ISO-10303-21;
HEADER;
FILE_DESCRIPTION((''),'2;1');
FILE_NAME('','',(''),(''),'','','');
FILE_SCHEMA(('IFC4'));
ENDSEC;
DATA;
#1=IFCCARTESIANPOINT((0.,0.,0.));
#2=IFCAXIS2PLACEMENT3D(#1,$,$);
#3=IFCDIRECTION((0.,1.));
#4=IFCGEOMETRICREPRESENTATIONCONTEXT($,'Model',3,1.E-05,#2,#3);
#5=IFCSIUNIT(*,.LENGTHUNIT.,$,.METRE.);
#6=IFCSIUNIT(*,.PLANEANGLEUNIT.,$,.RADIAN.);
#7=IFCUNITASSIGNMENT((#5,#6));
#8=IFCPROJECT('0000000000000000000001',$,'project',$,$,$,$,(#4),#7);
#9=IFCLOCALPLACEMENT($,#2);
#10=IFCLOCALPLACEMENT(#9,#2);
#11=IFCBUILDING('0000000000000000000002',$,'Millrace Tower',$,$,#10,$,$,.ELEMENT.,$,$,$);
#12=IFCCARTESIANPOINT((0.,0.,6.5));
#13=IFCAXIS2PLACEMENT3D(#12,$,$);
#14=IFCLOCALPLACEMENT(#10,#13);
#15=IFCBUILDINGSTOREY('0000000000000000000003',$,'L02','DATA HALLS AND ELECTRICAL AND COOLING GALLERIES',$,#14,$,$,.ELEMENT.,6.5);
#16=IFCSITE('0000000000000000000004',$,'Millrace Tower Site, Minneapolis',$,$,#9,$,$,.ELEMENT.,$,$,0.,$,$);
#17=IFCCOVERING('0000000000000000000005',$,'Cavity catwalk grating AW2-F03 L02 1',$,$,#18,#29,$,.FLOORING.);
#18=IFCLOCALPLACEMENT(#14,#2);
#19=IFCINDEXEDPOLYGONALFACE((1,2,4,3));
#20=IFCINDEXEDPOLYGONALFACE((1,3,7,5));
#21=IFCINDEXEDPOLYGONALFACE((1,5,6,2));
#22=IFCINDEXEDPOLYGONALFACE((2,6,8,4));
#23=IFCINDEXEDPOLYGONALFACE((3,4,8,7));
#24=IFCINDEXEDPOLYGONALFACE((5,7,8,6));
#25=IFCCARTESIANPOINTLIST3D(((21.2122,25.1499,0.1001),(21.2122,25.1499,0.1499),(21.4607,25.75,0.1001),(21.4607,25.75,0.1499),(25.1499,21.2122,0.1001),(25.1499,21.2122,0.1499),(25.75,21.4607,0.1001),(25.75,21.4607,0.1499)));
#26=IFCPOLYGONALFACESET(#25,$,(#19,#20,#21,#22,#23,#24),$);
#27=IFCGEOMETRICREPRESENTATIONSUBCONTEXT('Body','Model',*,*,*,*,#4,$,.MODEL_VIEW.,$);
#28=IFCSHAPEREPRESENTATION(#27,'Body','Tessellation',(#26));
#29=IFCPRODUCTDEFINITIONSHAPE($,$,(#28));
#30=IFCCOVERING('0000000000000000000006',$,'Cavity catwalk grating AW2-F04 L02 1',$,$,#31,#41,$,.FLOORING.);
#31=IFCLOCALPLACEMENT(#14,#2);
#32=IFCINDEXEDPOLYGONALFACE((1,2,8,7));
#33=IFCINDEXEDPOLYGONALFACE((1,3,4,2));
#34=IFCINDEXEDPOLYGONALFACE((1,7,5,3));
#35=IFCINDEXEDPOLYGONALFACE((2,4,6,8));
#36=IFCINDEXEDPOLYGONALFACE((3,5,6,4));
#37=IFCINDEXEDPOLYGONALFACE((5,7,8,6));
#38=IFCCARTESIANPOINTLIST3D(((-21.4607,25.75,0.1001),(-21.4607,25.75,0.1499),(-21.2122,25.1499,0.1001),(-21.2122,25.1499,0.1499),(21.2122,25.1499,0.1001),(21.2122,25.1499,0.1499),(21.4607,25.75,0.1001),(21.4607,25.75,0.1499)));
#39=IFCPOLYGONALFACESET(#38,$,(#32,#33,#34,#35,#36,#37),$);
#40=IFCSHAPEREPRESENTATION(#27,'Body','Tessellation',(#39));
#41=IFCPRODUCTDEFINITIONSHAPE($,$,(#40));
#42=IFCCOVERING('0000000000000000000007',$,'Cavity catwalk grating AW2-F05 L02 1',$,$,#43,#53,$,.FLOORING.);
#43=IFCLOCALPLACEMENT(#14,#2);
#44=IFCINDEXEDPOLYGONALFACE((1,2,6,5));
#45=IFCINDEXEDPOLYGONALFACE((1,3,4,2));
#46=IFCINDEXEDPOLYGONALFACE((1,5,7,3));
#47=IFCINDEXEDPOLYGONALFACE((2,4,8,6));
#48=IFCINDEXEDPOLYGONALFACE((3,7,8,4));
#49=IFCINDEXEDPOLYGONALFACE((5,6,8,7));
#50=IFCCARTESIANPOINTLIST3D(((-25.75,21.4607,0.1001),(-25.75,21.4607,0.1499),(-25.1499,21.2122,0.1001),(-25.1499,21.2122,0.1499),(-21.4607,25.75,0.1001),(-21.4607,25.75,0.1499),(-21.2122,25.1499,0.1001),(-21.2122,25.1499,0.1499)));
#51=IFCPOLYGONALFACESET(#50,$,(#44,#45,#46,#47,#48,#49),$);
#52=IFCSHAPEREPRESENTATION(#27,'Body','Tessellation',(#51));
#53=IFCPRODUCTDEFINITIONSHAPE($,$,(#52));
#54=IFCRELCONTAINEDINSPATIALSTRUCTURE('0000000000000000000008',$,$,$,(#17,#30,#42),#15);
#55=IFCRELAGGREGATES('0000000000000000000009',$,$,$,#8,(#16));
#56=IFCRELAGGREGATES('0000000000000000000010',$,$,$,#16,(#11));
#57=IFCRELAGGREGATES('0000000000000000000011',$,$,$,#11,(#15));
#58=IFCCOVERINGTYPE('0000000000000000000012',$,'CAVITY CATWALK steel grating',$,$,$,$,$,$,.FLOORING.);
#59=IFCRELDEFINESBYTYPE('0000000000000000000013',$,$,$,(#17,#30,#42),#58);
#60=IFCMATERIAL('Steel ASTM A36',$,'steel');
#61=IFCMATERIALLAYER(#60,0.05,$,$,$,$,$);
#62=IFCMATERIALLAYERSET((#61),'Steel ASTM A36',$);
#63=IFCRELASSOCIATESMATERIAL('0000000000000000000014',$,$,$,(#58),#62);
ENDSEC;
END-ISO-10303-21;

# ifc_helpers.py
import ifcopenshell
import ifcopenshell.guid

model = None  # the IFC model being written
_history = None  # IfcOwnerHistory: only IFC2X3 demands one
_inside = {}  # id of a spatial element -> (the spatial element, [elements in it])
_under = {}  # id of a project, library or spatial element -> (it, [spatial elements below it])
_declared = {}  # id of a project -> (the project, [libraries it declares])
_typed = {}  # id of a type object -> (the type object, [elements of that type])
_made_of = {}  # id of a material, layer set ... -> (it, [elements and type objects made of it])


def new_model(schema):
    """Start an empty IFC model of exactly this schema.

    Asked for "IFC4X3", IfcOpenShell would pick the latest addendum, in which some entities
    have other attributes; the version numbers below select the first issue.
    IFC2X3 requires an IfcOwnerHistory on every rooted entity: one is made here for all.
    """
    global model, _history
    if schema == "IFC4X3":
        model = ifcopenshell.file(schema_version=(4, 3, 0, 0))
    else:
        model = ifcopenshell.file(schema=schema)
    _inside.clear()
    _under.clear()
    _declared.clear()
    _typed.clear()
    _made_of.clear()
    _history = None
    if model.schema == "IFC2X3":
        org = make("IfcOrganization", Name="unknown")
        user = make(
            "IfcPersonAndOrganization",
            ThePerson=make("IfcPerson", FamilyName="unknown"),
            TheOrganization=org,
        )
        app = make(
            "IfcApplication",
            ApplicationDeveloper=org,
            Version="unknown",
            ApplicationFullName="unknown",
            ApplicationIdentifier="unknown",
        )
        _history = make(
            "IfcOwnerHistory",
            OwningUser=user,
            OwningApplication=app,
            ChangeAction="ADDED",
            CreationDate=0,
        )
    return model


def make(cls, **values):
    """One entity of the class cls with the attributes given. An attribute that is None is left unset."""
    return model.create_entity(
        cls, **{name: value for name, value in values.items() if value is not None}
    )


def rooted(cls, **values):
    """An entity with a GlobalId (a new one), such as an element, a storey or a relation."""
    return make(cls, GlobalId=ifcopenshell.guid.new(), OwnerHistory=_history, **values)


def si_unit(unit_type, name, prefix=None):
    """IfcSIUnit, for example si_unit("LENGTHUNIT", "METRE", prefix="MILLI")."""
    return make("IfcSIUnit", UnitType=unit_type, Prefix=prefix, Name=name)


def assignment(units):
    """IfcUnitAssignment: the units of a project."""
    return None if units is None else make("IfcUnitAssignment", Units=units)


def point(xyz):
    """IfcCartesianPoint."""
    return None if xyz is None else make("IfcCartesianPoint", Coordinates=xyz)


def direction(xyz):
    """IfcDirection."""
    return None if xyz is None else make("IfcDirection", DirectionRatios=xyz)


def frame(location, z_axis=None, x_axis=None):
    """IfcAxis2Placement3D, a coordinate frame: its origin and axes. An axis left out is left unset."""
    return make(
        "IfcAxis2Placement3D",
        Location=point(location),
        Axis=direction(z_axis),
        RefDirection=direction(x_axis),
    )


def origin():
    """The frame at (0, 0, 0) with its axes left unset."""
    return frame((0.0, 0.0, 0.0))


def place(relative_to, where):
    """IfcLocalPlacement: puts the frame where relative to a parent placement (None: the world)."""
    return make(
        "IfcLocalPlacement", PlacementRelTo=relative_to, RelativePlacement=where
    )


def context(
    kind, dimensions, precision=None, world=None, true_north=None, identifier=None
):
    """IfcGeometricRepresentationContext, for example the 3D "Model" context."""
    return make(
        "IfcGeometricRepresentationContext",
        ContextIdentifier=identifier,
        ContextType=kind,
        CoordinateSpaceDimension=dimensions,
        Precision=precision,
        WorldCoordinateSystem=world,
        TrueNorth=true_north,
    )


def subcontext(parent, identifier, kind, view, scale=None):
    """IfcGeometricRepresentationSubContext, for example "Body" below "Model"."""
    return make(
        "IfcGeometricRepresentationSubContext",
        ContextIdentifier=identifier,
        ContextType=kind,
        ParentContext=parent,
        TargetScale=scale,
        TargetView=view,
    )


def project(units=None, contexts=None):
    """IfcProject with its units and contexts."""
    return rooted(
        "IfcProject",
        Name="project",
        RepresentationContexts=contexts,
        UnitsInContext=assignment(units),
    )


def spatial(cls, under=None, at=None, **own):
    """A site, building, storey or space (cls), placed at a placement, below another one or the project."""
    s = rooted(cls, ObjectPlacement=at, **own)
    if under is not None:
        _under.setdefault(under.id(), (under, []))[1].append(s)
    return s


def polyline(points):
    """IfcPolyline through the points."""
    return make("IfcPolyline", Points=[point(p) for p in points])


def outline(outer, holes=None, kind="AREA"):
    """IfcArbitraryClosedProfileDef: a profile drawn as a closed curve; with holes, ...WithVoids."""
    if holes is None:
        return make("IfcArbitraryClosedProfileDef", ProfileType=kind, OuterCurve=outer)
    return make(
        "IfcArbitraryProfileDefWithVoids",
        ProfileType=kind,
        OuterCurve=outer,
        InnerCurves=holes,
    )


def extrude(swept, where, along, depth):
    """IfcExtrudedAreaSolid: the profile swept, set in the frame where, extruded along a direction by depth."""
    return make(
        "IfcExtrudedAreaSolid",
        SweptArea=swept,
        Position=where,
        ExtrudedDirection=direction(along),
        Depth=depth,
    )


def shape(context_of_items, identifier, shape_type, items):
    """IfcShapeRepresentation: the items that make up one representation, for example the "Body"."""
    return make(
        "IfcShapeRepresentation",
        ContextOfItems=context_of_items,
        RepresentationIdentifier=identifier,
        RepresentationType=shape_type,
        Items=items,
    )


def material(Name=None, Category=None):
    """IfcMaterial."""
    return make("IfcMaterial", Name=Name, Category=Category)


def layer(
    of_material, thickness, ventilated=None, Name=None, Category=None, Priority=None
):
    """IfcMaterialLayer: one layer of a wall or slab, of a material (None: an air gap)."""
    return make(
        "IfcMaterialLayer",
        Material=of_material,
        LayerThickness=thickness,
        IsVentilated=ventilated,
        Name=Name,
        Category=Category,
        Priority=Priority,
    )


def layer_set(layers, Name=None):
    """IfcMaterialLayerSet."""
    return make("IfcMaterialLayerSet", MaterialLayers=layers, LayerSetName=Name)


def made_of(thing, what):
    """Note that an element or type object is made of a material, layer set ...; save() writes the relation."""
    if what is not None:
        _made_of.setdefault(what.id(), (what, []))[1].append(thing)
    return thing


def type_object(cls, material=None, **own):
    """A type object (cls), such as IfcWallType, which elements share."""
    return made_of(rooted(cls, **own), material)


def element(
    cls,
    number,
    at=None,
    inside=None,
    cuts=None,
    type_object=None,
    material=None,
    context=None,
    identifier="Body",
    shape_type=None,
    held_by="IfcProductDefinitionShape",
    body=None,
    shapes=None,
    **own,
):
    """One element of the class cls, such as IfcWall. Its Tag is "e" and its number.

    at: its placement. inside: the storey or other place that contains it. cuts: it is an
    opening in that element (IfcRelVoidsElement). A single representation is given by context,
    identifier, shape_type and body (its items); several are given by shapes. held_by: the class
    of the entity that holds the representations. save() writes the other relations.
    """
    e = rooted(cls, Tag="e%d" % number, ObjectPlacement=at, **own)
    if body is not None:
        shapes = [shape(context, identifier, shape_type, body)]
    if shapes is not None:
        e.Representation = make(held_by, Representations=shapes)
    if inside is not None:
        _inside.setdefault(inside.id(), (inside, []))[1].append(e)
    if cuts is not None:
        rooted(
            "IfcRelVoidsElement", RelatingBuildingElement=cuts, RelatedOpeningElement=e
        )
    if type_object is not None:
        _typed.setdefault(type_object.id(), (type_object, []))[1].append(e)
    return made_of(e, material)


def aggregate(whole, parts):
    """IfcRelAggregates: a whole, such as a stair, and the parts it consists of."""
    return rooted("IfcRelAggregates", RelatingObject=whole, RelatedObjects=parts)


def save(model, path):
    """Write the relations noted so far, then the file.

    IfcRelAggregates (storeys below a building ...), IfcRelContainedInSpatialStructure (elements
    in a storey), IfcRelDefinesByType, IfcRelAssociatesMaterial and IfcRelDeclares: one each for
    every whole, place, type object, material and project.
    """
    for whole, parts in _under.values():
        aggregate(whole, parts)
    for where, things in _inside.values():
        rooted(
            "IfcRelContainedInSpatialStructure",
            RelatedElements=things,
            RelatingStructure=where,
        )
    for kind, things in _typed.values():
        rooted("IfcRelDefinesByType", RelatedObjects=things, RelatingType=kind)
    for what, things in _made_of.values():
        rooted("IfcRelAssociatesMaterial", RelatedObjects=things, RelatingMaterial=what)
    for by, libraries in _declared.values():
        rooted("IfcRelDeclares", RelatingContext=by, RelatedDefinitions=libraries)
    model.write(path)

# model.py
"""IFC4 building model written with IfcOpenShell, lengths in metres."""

from ifc_helpers import new_model, si_unit, direction, frame, origin, place, context, subcontext, project, spatial, polyline, outline, extrude, material, layer, layer_set, type_object, element, save


model = new_model("IFC4")

# Units and contexts
model_context = context("Model", 3, precision=1e-05, world=origin(), true_north=direction((0.0, 1.0)))
body_context = subcontext(model_context, "Body", "Model", "MODEL_VIEW")
ifc_project = project(units=[si_unit("LENGTHUNIT", "METRE"), si_unit("PLANEANGLEUNIT", "RADIAN")], contexts=[model_context])

# Site, building, storey
site_placement = place(None, origin())
site = spatial("IfcSite", under=ifc_project, at=site_placement, Name="Millrace Tower Site, Minneapolis", CompositionType="ELEMENT", RefElevation=0.0)
building_placement = place(site_placement, origin())
building = spatial("IfcBuilding", under=site, at=building_placement, Name="Millrace Tower", CompositionType="ELEMENT")
storey_placement = place(building_placement, frame((0.0, 0.0, 6.5)))
storey = spatial("IfcBuildingStorey", under=building, at=storey_placement, Name="L02", Description="DATA HALLS AND ELECTRICAL AND COOLING GALLERIES", CompositionType="ELEMENT", Elevation=6.5)

# Coverings
ifc_material_1 = material(Name="Steel ASTM A36", Category="steel")
ifc_layer_1 = layer(ifc_material_1, 0.05)
ifc_layer_set_1 = layer_set([ifc_layer_1], Name="Steel ASTM A36")
covering_type = type_object("IfcCoveringType", Name="CAVITY CATWALK steel grating", PredefinedType="FLOORING", material=ifc_layer_set_1)
placement_1 = place(storey_placement, frame((0.0, 0.0, 0.1001)))
element("IfcCovering", 1, at=placement_1, inside=storey, type_object=covering_type, Name="Cavity catwalk grating AW2-F03 L02 1", PredefinedType="FLOORING", context=body_context, shape_type="SweptSolid", body=[
    extrude(outline(polyline([(25.75, 21.4607), (21.4607, 25.75), (21.2122, 25.1499), (25.1499, 21.2122), (25.75, 21.4607)])), origin(), (0.0, 0.0, 1.0), 0.0498),
])
element("IfcCovering", 2, at=placement_1, inside=storey, type_object=covering_type, Name="Cavity catwalk grating AW2-F04 L02 1", PredefinedType="FLOORING", context=body_context, shape_type="SweptSolid", body=[
    extrude(outline(polyline([(21.4607, 25.75), (-21.4607, 25.75), (-21.2122, 25.1499), (21.2122, 25.1499), (21.4607, 25.75)])), origin(), (0.0, 0.0, 1.0), 0.0498),
])
element("IfcCovering", 3, at=placement_1, inside=storey, type_object=covering_type, Name="Cavity catwalk grating AW2-F05 L02 1", PredefinedType="FLOORING", context=body_context, shape_type="SweptSolid", body=[
    extrude(outline(polyline([(-21.4607, 25.75), (-25.75, 21.4607), (-25.1499, 21.2122), (-21.2122, 25.1499), (-21.4607, 25.75)])), origin(), (0.0, 0.0, 1.0), 0.0498),
])

save(model, "model.ifc")
